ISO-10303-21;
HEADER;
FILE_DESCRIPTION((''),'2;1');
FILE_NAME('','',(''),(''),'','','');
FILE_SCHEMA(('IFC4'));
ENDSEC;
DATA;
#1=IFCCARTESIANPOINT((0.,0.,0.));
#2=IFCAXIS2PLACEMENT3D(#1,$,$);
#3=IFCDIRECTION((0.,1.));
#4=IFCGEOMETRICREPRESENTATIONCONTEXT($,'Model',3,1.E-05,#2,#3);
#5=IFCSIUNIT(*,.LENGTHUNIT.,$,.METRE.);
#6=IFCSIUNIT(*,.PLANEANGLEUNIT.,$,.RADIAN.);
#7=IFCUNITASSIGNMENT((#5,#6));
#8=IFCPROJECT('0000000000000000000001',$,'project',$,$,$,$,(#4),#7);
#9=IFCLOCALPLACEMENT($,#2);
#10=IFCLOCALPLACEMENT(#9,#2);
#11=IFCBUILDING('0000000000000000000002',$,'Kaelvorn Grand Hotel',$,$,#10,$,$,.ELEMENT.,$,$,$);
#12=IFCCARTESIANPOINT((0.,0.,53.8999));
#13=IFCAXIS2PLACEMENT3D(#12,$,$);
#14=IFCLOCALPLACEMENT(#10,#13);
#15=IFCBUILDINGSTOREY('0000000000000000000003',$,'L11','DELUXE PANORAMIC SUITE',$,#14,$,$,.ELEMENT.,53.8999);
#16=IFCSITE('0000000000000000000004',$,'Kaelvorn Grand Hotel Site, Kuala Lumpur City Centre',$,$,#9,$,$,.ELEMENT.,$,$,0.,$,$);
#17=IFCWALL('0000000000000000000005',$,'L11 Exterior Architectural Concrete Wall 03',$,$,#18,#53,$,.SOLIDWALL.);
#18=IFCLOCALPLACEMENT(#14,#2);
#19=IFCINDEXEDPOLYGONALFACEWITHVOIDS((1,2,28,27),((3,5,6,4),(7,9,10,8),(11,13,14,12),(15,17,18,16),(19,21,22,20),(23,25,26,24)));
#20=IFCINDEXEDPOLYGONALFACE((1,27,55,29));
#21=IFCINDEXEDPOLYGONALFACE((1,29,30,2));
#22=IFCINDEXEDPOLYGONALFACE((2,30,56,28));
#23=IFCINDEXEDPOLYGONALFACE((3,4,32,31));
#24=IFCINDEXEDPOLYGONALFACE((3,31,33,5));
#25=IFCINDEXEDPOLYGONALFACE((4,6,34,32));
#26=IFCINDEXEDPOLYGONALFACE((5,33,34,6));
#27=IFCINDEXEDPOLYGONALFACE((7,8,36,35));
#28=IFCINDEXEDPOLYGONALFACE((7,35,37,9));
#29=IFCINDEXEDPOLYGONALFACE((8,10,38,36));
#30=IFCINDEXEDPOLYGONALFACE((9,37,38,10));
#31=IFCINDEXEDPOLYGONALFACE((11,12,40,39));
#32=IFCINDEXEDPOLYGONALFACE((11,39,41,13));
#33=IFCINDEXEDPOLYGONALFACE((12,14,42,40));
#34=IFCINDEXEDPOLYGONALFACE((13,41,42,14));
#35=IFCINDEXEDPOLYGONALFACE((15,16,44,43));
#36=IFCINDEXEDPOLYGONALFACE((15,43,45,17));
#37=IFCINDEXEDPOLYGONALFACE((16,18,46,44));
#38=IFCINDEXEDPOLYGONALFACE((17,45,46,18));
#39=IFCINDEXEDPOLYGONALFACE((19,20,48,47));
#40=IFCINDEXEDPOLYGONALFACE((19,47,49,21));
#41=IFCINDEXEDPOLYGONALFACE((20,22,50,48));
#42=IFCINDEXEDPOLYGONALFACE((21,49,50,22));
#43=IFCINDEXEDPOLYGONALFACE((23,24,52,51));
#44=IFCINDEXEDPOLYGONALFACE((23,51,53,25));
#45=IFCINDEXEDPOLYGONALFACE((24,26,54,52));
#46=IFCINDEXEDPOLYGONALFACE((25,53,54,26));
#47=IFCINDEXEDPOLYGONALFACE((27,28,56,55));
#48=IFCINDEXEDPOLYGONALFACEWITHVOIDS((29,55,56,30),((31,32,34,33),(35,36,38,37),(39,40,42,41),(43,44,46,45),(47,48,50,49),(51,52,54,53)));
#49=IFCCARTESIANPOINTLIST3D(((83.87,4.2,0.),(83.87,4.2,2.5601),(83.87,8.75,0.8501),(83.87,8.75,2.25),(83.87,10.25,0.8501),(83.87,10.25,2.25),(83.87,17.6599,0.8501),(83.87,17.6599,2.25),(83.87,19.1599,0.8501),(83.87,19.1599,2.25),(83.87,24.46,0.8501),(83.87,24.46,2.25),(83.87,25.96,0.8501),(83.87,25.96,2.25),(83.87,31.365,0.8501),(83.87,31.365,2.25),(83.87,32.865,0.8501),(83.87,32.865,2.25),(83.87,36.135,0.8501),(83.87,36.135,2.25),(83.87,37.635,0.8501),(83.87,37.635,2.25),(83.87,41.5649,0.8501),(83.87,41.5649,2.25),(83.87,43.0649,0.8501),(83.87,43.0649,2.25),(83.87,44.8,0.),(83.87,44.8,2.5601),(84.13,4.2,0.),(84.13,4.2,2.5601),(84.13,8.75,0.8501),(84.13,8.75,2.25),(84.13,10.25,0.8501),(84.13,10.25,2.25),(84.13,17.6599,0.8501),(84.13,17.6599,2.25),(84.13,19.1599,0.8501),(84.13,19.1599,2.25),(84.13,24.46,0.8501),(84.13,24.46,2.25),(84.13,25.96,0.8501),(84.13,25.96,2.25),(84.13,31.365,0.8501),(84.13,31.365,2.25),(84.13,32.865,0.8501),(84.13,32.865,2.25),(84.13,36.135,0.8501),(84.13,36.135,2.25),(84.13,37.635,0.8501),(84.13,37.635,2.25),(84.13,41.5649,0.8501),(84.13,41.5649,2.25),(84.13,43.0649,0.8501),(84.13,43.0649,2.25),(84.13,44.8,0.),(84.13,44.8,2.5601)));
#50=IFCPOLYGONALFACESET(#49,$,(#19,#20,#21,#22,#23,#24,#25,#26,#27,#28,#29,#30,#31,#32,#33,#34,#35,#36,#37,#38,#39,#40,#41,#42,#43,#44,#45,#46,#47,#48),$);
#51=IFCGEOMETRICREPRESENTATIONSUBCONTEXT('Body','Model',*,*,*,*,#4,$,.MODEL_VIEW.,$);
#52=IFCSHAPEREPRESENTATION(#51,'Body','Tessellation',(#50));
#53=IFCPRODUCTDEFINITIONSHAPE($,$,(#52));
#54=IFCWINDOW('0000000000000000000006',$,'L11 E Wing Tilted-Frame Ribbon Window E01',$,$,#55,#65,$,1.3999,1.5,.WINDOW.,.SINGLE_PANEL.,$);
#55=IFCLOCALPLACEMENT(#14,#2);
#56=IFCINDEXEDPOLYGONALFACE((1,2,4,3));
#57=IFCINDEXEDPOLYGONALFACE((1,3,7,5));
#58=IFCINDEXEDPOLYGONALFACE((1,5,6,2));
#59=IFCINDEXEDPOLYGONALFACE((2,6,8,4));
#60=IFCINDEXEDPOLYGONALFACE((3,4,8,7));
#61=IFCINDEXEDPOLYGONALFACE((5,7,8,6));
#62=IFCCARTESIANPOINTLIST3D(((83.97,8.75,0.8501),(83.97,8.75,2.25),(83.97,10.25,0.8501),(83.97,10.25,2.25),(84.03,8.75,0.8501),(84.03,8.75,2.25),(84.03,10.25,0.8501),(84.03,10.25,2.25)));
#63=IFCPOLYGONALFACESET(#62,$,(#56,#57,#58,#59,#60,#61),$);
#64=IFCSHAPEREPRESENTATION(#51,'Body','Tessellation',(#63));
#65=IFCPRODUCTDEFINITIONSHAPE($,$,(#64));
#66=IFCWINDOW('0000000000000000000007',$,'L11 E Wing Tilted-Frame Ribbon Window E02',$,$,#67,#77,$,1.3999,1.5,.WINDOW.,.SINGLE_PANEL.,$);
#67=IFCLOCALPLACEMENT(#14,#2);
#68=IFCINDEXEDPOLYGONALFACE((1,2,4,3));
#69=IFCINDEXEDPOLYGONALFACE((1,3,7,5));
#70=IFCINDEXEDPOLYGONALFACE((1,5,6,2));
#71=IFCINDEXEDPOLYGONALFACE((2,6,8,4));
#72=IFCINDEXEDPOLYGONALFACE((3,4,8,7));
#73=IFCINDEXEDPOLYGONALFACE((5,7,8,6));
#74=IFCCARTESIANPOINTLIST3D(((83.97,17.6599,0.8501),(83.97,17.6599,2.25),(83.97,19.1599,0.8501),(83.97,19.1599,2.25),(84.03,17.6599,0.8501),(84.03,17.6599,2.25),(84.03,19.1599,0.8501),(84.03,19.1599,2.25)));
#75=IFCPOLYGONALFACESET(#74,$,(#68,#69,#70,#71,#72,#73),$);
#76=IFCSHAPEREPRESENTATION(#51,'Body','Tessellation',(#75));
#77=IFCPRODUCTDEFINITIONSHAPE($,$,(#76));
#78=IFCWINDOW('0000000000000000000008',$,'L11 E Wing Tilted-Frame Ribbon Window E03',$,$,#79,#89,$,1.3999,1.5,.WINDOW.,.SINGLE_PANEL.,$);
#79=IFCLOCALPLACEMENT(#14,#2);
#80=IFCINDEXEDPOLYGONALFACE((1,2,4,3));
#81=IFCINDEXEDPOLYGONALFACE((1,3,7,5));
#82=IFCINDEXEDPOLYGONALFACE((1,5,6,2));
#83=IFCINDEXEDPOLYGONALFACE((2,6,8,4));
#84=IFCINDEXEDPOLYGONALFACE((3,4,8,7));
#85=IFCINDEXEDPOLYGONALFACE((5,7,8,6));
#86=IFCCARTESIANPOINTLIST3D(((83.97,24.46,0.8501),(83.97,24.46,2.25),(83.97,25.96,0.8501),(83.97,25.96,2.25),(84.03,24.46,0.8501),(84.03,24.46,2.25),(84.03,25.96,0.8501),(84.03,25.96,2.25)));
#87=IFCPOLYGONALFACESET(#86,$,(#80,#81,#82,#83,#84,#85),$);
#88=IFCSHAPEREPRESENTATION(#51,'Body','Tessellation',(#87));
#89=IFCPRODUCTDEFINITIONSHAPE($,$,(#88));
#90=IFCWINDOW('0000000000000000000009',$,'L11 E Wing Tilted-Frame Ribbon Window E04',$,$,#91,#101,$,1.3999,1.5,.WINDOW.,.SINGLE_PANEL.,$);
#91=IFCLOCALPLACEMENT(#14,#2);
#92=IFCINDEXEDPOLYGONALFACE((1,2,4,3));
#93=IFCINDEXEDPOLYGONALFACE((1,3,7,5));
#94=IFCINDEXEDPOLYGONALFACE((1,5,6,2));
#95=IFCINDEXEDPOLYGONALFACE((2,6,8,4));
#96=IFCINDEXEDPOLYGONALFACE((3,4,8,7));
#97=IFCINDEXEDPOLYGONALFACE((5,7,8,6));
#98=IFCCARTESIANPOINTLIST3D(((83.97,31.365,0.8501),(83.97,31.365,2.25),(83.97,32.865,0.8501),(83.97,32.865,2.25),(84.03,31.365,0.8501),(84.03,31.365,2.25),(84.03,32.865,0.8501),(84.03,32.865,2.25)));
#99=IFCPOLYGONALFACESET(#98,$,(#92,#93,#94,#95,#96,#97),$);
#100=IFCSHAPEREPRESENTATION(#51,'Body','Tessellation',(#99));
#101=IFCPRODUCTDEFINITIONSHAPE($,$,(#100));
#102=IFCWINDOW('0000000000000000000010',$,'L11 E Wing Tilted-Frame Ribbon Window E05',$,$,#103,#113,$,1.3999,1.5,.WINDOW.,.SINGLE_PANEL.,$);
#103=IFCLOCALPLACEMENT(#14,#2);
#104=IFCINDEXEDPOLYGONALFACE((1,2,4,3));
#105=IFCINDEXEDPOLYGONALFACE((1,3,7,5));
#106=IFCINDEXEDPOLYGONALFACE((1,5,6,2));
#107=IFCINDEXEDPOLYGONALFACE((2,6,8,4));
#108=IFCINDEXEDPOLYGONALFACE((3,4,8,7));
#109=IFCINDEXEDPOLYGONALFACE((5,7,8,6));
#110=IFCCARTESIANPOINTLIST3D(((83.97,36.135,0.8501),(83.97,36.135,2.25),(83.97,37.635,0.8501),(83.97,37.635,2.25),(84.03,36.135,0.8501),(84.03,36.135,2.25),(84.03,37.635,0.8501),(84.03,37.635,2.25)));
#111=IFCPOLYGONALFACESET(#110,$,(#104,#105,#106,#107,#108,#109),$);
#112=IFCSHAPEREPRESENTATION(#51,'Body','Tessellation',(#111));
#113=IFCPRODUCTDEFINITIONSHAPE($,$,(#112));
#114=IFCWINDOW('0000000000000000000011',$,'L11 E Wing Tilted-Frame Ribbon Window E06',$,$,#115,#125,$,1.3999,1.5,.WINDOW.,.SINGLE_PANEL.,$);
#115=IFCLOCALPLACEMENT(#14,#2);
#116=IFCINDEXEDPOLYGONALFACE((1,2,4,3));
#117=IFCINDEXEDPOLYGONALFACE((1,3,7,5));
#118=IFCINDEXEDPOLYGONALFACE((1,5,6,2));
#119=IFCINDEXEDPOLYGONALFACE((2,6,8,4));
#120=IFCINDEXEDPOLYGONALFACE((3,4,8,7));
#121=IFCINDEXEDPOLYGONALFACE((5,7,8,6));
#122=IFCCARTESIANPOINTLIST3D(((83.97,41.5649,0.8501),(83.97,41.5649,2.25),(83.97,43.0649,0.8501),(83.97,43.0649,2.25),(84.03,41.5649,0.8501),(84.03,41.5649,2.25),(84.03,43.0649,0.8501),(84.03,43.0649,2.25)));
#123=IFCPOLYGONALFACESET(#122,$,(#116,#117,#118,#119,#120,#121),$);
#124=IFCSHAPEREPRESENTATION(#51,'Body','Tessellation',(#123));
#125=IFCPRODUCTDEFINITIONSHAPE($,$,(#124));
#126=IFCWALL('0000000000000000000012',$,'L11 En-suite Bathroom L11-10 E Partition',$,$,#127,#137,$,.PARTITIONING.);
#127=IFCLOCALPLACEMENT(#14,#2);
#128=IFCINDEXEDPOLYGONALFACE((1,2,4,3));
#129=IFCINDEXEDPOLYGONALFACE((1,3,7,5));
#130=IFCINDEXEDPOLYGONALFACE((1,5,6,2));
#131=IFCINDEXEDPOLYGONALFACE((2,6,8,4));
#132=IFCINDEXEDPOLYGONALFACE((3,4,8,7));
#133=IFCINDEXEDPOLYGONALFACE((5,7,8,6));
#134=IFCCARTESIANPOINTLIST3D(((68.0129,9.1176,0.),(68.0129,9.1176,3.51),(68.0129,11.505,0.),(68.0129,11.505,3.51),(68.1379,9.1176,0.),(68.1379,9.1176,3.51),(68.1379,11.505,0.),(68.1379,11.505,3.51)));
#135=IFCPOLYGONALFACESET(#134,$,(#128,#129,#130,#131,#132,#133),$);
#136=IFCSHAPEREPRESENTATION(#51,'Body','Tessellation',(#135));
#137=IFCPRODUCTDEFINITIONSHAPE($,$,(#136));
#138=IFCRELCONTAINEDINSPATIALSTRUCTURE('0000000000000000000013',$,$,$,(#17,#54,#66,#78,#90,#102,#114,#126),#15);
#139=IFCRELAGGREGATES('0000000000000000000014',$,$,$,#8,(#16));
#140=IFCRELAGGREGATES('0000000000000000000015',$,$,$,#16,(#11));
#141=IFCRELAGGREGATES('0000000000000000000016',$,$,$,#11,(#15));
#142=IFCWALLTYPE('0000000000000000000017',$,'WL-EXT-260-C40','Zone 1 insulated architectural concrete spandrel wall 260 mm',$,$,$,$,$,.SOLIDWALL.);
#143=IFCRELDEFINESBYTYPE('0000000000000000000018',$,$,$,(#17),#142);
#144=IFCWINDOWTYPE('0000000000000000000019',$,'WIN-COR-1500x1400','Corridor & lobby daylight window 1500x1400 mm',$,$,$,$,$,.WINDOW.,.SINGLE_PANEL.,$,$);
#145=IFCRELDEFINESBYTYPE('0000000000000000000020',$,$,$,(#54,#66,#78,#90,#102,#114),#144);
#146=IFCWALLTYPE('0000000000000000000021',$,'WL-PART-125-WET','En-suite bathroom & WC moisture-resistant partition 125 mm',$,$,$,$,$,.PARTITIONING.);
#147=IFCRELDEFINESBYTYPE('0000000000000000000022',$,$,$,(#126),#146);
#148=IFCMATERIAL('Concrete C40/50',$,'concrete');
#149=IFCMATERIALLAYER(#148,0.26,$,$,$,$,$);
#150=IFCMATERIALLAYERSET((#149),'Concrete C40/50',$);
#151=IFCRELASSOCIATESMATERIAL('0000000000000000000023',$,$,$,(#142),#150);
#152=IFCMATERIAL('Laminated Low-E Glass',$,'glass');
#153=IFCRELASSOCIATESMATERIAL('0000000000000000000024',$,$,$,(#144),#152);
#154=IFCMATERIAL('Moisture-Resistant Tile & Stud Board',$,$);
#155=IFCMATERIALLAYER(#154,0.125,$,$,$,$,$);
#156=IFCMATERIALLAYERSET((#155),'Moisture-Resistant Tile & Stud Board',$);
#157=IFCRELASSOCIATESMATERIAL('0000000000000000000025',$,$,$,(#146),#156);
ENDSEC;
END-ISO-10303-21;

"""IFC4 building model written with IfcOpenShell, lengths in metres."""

from ifc_helpers import new_model, si_unit, direction, frame, frame_2d, origin, place, context, subcontext, project, spatial, rectangle, extrude, material, layer, layer_set, type_object, element, fill, save


model = new_model("IFC4")

# Units and contexts
model_context = context("Model", 3, precision=1e-05, world=origin(), true_north=direction((0.0, 1.0)))
body_context = subcontext(model_context, "Body", "Model", "MODEL_VIEW")
ifc_project = project(units=[si_unit("LENGTHUNIT", "METRE"), si_unit("PLANEANGLEUNIT", "RADIAN")], contexts=[model_context])

# Site, building, storey
site_placement = place(None, origin())
site = spatial("IfcSite", under=ifc_project, at=site_placement, Name="Kaelvorn Grand Hotel Site, Kuala Lumpur City Centre", CompositionType="ELEMENT", RefElevation=0.0)
building_placement = place(site_placement, origin())
building = spatial("IfcBuilding", under=site, at=building_placement, Name="Kaelvorn Grand Hotel", CompositionType="ELEMENT")
storey_placement = place(building_placement, frame((0.0, 0.0, 53.8999)))
storey = spatial("IfcBuildingStorey", under=building, at=storey_placement, Name="L11", Description="DELUXE PANORAMIC SUITE", CompositionType="ELEMENT", Elevation=53.8999)

# Shared definitions
ifc_material_1 = material(Name="Concrete C40/50", Category="concrete")

# Shared definitions
ifc_layer_1 = layer(ifc_material_1, 0.26)
ifc_layer_set_1 = layer_set([ifc_layer_1], Name="Concrete C40/50")
wall_type_1 = type_object("IfcWallType", Name="WL-EXT-260-C40", Description="Zone 1 insulated architectural concrete spandrel wall 260 mm", PredefinedType="SOLIDWALL", material=ifc_layer_set_1)

# Wall, openings, windows
wall_1_placement = place(storey_placement, frame((84.0, 4.2, 0.0), z_axis=(0.0, 0.0, 1.0), x_axis=(0.0, 1.0, 0.0)))
wall_1 = element("IfcWall", 1, at=wall_1_placement, inside=storey, type_object=wall_type_1, Name="L11 Exterior Architectural Concrete Wall 03", PredefinedType="SOLIDWALL", context=body_context, shape_type="SweptSolid", body=[
    extrude(rectangle(XDim=40.6001, YDim=0.26, at=frame_2d((20.3, 0.0))), origin(), (0.0, 0.0, 1.0), 2.5601),
])
opening_1_placement = place(wall_1_placement, frame((4.55, 0.0, 0.8501)))
opening_1 = element("IfcOpeningElement", 2, at=opening_1_placement, cuts=wall_1, PredefinedType="OPENING", context=body_context, shape_type="SweptSolid", body=[
    extrude(rectangle(XDim=1.5, YDim=1.3999, at=frame_2d((0.75, 0.7))), frame((0.0, 0.1401, 0.0), z_axis=(0.0, -1.0, 0.0), x_axis=(1.0, 0.0, 0.0)), (0.0, 0.0, 1.0), 0.28),
])
opening_2_placement = place(wall_1_placement, frame((13.46, 0.0, 0.8501)))
opening_2 = element("IfcOpeningElement", 3, at=opening_2_placement, cuts=wall_1, PredefinedType="OPENING", context=body_context, shape_type="SweptSolid", body=[
    extrude(rectangle(XDim=1.5, YDim=1.3999, at=frame_2d((0.75, 0.7))), frame((0.0, 0.1401, 0.0), z_axis=(0.0, -1.0, 0.0), x_axis=(1.0, 0.0, 0.0)), (0.0, 0.0, 1.0), 0.28),
])
opening_3_placement = place(wall_1_placement, frame((20.26, 0.0, 0.8501)))
opening_3 = element("IfcOpeningElement", 4, at=opening_3_placement, cuts=wall_1, PredefinedType="OPENING", context=body_context, shape_type="SweptSolid", body=[
    extrude(rectangle(XDim=1.5, YDim=1.3999, at=frame_2d((0.75, 0.7))), frame((0.0, 0.1401, 0.0), z_axis=(0.0, -1.0, 0.0), x_axis=(1.0, 0.0, 0.0)), (0.0, 0.0, 1.0), 0.28),
])
opening_4_placement = place(wall_1_placement, frame((27.165, 0.0, 0.8501)))
opening_4 = element("IfcOpeningElement", 5, at=opening_4_placement, cuts=wall_1, PredefinedType="OPENING", context=body_context, shape_type="SweptSolid", body=[
    extrude(rectangle(XDim=1.5, YDim=1.3999, at=frame_2d((0.75, 0.7))), frame((0.0, 0.1401, 0.0), z_axis=(0.0, -1.0, 0.0), x_axis=(1.0, 0.0, 0.0)), (0.0, 0.0, 1.0), 0.28),
])
opening_5_placement = place(wall_1_placement, frame((31.9351, 0.0, 0.8501)))
opening_5 = element("IfcOpeningElement", 6, at=opening_5_placement, cuts=wall_1, PredefinedType="OPENING", context=body_context, shape_type="SweptSolid", body=[
    extrude(rectangle(XDim=1.5, YDim=1.3999, at=frame_2d((0.75, 0.7))), frame((0.0, 0.1401, 0.0), z_axis=(0.0, -1.0, 0.0), x_axis=(1.0, 0.0, 0.0)), (0.0, 0.0, 1.0), 0.28),
])
opening_6_placement = place(wall_1_placement, frame((37.365, 0.0, 0.8501)))
opening_6 = element("IfcOpeningElement", 7, at=opening_6_placement, cuts=wall_1, PredefinedType="OPENING", context=body_context, shape_type="SweptSolid", body=[
    extrude(rectangle(XDim=1.5, YDim=1.3999, at=frame_2d((0.75, 0.7))), frame((0.0, 0.1401, 0.0), z_axis=(0.0, -1.0, 0.0), x_axis=(1.0, 0.0, 0.0)), (0.0, 0.0, 1.0), 0.28),
])
ifc_material_2 = material(Name="Laminated Low-E Glass", Category="glass")
window_type = type_object("IfcWindowType", Name="WIN-COR-1500x1400", Description="Corridor & lobby daylight window 1500x1400 mm", PartitioningType="SINGLE_PANEL", PredefinedType="WINDOW", material=ifc_material_2)
window_1_placement = place(opening_1_placement, origin())
window_1 = element("IfcWindow", 8, at=window_1_placement, inside=storey, type_object=window_type, Name="L11 E Wing Tilted-Frame Ribbon Window E01", OverallHeight=1.3999, OverallWidth=1.5, PartitioningType="SINGLE_PANEL", PredefinedType="WINDOW", context=body_context, shape_type="SweptSolid", body=[
    extrude(rectangle(XDim=1.5, YDim=1.3999, at=frame_2d((0.75, 0.7))), frame((0.0, 0.03, 0.0), z_axis=(0.0, -1.0, 0.0), x_axis=(1.0, 0.0, 0.0)), (0.0, 0.0, 1.0), 0.0601),
])
fill(opening_1, window_1)
window_2_placement = place(opening_2_placement, origin())
window_2 = element("IfcWindow", 9, at=window_2_placement, inside=storey, type_object=window_type, Name="L11 E Wing Tilted-Frame Ribbon Window E02", OverallHeight=1.3999, OverallWidth=1.5, PartitioningType="SINGLE_PANEL", PredefinedType="WINDOW", context=body_context, shape_type="SweptSolid", body=[
    extrude(rectangle(XDim=1.5, YDim=1.3999, at=frame_2d((0.75, 0.7))), frame((0.0, 0.03, 0.0), z_axis=(0.0, -1.0, 0.0), x_axis=(1.0, 0.0, 0.0)), (0.0, 0.0, 1.0), 0.0601),
])
fill(opening_2, window_2)
window_3_placement = place(opening_3_placement, origin())
window_3 = element("IfcWindow", 10, at=window_3_placement, inside=storey, type_object=window_type, Name="L11 E Wing Tilted-Frame Ribbon Window E03", OverallHeight=1.3999, OverallWidth=1.5, PartitioningType="SINGLE_PANEL", PredefinedType="WINDOW", context=body_context, shape_type="SweptSolid", body=[
    extrude(rectangle(XDim=1.5, YDim=1.3999, at=frame_2d((0.75, 0.7))), frame((0.0, 0.03, 0.0), z_axis=(0.0, -1.0, 0.0), x_axis=(1.0, 0.0, 0.0)), (0.0, 0.0, 1.0), 0.0601),
])
fill(opening_3, window_3)
window_4_placement = place(opening_4_placement, origin())
window_4 = element("IfcWindow", 11, at=window_4_placement, inside=storey, type_object=window_type, Name="L11 E Wing Tilted-Frame Ribbon Window E04", OverallHeight=1.3999, OverallWidth=1.5, PartitioningType="SINGLE_PANEL", PredefinedType="WINDOW", context=body_context, shape_type="SweptSolid", body=[
    extrude(rectangle(XDim=1.5, YDim=1.3999, at=frame_2d((0.75, 0.7))), frame((0.0, 0.03, 0.0), z_axis=(0.0, -1.0, 0.0), x_axis=(1.0, 0.0, 0.0)), (0.0, 0.0, 1.0), 0.0601),
])
fill(opening_4, window_4)
window_5_placement = place(opening_5_placement, origin())
window_5 = element("IfcWindow", 12, at=window_5_placement, inside=storey, type_object=window_type, Name="L11 E Wing Tilted-Frame Ribbon Window E05", OverallHeight=1.3999, OverallWidth=1.5, PartitioningType="SINGLE_PANEL", PredefinedType="WINDOW", context=body_context, shape_type="SweptSolid", body=[
    extrude(rectangle(XDim=1.5, YDim=1.3999, at=frame_2d((0.75, 0.7))), frame((0.0, 0.03, 0.0), z_axis=(0.0, -1.0, 0.0), x_axis=(1.0, 0.0, 0.0)), (0.0, 0.0, 1.0), 0.0601),
])
fill(opening_5, window_5)
window_6_placement = place(opening_6_placement, origin())
window_6 = element("IfcWindow", 13, at=window_6_placement, inside=storey, type_object=window_type, Name="L11 E Wing Tilted-Frame Ribbon Window E06", OverallHeight=1.3999, OverallWidth=1.5, PartitioningType="SINGLE_PANEL", PredefinedType="WINDOW", context=body_context, shape_type="SweptSolid", body=[
    extrude(rectangle(XDim=1.5, YDim=1.3999, at=frame_2d((0.75, 0.7))), frame((0.0, 0.03, 0.0), z_axis=(0.0, -1.0, 0.0), x_axis=(1.0, 0.0, 0.0)), (0.0, 0.0, 1.0), 0.0601),
])
fill(opening_6, window_6)

# Wall
ifc_material_3 = material(Name="Moisture-Resistant Tile & Stud Board")
ifc_layer_2 = layer(ifc_material_3, 0.125)
ifc_layer_set_2 = layer_set([ifc_layer_2], Name="Moisture-Resistant Tile & Stud Board")
wall_type_2 = type_object("IfcWallType", Name="WL-PART-125-WET", Description="En-suite bathroom & WC moisture-resistant partition 125 mm", PredefinedType="PARTITIONING", material=ifc_layer_set_2)
wall_2_placement = place(storey_placement, frame((68.0754, 9.1174, 0.0), z_axis=(0.0, 0.0, 1.0), x_axis=(0.0, 1.0, 0.0)))
element("IfcWall", 14, at=wall_2_placement, inside=storey, type_object=wall_type_2, Name="L11 En-suite Bathroom L11-10 E Partition", PredefinedType="PARTITIONING", context=body_context, shape_type="SweptSolid", body=[
    extrude(rectangle(XDim=2.3875, YDim=0.125, at=frame_2d((1.1938, 0.0))), origin(), (0.0, 0.0, 1.0), 3.51),
])

save(model, "model.ifc")
